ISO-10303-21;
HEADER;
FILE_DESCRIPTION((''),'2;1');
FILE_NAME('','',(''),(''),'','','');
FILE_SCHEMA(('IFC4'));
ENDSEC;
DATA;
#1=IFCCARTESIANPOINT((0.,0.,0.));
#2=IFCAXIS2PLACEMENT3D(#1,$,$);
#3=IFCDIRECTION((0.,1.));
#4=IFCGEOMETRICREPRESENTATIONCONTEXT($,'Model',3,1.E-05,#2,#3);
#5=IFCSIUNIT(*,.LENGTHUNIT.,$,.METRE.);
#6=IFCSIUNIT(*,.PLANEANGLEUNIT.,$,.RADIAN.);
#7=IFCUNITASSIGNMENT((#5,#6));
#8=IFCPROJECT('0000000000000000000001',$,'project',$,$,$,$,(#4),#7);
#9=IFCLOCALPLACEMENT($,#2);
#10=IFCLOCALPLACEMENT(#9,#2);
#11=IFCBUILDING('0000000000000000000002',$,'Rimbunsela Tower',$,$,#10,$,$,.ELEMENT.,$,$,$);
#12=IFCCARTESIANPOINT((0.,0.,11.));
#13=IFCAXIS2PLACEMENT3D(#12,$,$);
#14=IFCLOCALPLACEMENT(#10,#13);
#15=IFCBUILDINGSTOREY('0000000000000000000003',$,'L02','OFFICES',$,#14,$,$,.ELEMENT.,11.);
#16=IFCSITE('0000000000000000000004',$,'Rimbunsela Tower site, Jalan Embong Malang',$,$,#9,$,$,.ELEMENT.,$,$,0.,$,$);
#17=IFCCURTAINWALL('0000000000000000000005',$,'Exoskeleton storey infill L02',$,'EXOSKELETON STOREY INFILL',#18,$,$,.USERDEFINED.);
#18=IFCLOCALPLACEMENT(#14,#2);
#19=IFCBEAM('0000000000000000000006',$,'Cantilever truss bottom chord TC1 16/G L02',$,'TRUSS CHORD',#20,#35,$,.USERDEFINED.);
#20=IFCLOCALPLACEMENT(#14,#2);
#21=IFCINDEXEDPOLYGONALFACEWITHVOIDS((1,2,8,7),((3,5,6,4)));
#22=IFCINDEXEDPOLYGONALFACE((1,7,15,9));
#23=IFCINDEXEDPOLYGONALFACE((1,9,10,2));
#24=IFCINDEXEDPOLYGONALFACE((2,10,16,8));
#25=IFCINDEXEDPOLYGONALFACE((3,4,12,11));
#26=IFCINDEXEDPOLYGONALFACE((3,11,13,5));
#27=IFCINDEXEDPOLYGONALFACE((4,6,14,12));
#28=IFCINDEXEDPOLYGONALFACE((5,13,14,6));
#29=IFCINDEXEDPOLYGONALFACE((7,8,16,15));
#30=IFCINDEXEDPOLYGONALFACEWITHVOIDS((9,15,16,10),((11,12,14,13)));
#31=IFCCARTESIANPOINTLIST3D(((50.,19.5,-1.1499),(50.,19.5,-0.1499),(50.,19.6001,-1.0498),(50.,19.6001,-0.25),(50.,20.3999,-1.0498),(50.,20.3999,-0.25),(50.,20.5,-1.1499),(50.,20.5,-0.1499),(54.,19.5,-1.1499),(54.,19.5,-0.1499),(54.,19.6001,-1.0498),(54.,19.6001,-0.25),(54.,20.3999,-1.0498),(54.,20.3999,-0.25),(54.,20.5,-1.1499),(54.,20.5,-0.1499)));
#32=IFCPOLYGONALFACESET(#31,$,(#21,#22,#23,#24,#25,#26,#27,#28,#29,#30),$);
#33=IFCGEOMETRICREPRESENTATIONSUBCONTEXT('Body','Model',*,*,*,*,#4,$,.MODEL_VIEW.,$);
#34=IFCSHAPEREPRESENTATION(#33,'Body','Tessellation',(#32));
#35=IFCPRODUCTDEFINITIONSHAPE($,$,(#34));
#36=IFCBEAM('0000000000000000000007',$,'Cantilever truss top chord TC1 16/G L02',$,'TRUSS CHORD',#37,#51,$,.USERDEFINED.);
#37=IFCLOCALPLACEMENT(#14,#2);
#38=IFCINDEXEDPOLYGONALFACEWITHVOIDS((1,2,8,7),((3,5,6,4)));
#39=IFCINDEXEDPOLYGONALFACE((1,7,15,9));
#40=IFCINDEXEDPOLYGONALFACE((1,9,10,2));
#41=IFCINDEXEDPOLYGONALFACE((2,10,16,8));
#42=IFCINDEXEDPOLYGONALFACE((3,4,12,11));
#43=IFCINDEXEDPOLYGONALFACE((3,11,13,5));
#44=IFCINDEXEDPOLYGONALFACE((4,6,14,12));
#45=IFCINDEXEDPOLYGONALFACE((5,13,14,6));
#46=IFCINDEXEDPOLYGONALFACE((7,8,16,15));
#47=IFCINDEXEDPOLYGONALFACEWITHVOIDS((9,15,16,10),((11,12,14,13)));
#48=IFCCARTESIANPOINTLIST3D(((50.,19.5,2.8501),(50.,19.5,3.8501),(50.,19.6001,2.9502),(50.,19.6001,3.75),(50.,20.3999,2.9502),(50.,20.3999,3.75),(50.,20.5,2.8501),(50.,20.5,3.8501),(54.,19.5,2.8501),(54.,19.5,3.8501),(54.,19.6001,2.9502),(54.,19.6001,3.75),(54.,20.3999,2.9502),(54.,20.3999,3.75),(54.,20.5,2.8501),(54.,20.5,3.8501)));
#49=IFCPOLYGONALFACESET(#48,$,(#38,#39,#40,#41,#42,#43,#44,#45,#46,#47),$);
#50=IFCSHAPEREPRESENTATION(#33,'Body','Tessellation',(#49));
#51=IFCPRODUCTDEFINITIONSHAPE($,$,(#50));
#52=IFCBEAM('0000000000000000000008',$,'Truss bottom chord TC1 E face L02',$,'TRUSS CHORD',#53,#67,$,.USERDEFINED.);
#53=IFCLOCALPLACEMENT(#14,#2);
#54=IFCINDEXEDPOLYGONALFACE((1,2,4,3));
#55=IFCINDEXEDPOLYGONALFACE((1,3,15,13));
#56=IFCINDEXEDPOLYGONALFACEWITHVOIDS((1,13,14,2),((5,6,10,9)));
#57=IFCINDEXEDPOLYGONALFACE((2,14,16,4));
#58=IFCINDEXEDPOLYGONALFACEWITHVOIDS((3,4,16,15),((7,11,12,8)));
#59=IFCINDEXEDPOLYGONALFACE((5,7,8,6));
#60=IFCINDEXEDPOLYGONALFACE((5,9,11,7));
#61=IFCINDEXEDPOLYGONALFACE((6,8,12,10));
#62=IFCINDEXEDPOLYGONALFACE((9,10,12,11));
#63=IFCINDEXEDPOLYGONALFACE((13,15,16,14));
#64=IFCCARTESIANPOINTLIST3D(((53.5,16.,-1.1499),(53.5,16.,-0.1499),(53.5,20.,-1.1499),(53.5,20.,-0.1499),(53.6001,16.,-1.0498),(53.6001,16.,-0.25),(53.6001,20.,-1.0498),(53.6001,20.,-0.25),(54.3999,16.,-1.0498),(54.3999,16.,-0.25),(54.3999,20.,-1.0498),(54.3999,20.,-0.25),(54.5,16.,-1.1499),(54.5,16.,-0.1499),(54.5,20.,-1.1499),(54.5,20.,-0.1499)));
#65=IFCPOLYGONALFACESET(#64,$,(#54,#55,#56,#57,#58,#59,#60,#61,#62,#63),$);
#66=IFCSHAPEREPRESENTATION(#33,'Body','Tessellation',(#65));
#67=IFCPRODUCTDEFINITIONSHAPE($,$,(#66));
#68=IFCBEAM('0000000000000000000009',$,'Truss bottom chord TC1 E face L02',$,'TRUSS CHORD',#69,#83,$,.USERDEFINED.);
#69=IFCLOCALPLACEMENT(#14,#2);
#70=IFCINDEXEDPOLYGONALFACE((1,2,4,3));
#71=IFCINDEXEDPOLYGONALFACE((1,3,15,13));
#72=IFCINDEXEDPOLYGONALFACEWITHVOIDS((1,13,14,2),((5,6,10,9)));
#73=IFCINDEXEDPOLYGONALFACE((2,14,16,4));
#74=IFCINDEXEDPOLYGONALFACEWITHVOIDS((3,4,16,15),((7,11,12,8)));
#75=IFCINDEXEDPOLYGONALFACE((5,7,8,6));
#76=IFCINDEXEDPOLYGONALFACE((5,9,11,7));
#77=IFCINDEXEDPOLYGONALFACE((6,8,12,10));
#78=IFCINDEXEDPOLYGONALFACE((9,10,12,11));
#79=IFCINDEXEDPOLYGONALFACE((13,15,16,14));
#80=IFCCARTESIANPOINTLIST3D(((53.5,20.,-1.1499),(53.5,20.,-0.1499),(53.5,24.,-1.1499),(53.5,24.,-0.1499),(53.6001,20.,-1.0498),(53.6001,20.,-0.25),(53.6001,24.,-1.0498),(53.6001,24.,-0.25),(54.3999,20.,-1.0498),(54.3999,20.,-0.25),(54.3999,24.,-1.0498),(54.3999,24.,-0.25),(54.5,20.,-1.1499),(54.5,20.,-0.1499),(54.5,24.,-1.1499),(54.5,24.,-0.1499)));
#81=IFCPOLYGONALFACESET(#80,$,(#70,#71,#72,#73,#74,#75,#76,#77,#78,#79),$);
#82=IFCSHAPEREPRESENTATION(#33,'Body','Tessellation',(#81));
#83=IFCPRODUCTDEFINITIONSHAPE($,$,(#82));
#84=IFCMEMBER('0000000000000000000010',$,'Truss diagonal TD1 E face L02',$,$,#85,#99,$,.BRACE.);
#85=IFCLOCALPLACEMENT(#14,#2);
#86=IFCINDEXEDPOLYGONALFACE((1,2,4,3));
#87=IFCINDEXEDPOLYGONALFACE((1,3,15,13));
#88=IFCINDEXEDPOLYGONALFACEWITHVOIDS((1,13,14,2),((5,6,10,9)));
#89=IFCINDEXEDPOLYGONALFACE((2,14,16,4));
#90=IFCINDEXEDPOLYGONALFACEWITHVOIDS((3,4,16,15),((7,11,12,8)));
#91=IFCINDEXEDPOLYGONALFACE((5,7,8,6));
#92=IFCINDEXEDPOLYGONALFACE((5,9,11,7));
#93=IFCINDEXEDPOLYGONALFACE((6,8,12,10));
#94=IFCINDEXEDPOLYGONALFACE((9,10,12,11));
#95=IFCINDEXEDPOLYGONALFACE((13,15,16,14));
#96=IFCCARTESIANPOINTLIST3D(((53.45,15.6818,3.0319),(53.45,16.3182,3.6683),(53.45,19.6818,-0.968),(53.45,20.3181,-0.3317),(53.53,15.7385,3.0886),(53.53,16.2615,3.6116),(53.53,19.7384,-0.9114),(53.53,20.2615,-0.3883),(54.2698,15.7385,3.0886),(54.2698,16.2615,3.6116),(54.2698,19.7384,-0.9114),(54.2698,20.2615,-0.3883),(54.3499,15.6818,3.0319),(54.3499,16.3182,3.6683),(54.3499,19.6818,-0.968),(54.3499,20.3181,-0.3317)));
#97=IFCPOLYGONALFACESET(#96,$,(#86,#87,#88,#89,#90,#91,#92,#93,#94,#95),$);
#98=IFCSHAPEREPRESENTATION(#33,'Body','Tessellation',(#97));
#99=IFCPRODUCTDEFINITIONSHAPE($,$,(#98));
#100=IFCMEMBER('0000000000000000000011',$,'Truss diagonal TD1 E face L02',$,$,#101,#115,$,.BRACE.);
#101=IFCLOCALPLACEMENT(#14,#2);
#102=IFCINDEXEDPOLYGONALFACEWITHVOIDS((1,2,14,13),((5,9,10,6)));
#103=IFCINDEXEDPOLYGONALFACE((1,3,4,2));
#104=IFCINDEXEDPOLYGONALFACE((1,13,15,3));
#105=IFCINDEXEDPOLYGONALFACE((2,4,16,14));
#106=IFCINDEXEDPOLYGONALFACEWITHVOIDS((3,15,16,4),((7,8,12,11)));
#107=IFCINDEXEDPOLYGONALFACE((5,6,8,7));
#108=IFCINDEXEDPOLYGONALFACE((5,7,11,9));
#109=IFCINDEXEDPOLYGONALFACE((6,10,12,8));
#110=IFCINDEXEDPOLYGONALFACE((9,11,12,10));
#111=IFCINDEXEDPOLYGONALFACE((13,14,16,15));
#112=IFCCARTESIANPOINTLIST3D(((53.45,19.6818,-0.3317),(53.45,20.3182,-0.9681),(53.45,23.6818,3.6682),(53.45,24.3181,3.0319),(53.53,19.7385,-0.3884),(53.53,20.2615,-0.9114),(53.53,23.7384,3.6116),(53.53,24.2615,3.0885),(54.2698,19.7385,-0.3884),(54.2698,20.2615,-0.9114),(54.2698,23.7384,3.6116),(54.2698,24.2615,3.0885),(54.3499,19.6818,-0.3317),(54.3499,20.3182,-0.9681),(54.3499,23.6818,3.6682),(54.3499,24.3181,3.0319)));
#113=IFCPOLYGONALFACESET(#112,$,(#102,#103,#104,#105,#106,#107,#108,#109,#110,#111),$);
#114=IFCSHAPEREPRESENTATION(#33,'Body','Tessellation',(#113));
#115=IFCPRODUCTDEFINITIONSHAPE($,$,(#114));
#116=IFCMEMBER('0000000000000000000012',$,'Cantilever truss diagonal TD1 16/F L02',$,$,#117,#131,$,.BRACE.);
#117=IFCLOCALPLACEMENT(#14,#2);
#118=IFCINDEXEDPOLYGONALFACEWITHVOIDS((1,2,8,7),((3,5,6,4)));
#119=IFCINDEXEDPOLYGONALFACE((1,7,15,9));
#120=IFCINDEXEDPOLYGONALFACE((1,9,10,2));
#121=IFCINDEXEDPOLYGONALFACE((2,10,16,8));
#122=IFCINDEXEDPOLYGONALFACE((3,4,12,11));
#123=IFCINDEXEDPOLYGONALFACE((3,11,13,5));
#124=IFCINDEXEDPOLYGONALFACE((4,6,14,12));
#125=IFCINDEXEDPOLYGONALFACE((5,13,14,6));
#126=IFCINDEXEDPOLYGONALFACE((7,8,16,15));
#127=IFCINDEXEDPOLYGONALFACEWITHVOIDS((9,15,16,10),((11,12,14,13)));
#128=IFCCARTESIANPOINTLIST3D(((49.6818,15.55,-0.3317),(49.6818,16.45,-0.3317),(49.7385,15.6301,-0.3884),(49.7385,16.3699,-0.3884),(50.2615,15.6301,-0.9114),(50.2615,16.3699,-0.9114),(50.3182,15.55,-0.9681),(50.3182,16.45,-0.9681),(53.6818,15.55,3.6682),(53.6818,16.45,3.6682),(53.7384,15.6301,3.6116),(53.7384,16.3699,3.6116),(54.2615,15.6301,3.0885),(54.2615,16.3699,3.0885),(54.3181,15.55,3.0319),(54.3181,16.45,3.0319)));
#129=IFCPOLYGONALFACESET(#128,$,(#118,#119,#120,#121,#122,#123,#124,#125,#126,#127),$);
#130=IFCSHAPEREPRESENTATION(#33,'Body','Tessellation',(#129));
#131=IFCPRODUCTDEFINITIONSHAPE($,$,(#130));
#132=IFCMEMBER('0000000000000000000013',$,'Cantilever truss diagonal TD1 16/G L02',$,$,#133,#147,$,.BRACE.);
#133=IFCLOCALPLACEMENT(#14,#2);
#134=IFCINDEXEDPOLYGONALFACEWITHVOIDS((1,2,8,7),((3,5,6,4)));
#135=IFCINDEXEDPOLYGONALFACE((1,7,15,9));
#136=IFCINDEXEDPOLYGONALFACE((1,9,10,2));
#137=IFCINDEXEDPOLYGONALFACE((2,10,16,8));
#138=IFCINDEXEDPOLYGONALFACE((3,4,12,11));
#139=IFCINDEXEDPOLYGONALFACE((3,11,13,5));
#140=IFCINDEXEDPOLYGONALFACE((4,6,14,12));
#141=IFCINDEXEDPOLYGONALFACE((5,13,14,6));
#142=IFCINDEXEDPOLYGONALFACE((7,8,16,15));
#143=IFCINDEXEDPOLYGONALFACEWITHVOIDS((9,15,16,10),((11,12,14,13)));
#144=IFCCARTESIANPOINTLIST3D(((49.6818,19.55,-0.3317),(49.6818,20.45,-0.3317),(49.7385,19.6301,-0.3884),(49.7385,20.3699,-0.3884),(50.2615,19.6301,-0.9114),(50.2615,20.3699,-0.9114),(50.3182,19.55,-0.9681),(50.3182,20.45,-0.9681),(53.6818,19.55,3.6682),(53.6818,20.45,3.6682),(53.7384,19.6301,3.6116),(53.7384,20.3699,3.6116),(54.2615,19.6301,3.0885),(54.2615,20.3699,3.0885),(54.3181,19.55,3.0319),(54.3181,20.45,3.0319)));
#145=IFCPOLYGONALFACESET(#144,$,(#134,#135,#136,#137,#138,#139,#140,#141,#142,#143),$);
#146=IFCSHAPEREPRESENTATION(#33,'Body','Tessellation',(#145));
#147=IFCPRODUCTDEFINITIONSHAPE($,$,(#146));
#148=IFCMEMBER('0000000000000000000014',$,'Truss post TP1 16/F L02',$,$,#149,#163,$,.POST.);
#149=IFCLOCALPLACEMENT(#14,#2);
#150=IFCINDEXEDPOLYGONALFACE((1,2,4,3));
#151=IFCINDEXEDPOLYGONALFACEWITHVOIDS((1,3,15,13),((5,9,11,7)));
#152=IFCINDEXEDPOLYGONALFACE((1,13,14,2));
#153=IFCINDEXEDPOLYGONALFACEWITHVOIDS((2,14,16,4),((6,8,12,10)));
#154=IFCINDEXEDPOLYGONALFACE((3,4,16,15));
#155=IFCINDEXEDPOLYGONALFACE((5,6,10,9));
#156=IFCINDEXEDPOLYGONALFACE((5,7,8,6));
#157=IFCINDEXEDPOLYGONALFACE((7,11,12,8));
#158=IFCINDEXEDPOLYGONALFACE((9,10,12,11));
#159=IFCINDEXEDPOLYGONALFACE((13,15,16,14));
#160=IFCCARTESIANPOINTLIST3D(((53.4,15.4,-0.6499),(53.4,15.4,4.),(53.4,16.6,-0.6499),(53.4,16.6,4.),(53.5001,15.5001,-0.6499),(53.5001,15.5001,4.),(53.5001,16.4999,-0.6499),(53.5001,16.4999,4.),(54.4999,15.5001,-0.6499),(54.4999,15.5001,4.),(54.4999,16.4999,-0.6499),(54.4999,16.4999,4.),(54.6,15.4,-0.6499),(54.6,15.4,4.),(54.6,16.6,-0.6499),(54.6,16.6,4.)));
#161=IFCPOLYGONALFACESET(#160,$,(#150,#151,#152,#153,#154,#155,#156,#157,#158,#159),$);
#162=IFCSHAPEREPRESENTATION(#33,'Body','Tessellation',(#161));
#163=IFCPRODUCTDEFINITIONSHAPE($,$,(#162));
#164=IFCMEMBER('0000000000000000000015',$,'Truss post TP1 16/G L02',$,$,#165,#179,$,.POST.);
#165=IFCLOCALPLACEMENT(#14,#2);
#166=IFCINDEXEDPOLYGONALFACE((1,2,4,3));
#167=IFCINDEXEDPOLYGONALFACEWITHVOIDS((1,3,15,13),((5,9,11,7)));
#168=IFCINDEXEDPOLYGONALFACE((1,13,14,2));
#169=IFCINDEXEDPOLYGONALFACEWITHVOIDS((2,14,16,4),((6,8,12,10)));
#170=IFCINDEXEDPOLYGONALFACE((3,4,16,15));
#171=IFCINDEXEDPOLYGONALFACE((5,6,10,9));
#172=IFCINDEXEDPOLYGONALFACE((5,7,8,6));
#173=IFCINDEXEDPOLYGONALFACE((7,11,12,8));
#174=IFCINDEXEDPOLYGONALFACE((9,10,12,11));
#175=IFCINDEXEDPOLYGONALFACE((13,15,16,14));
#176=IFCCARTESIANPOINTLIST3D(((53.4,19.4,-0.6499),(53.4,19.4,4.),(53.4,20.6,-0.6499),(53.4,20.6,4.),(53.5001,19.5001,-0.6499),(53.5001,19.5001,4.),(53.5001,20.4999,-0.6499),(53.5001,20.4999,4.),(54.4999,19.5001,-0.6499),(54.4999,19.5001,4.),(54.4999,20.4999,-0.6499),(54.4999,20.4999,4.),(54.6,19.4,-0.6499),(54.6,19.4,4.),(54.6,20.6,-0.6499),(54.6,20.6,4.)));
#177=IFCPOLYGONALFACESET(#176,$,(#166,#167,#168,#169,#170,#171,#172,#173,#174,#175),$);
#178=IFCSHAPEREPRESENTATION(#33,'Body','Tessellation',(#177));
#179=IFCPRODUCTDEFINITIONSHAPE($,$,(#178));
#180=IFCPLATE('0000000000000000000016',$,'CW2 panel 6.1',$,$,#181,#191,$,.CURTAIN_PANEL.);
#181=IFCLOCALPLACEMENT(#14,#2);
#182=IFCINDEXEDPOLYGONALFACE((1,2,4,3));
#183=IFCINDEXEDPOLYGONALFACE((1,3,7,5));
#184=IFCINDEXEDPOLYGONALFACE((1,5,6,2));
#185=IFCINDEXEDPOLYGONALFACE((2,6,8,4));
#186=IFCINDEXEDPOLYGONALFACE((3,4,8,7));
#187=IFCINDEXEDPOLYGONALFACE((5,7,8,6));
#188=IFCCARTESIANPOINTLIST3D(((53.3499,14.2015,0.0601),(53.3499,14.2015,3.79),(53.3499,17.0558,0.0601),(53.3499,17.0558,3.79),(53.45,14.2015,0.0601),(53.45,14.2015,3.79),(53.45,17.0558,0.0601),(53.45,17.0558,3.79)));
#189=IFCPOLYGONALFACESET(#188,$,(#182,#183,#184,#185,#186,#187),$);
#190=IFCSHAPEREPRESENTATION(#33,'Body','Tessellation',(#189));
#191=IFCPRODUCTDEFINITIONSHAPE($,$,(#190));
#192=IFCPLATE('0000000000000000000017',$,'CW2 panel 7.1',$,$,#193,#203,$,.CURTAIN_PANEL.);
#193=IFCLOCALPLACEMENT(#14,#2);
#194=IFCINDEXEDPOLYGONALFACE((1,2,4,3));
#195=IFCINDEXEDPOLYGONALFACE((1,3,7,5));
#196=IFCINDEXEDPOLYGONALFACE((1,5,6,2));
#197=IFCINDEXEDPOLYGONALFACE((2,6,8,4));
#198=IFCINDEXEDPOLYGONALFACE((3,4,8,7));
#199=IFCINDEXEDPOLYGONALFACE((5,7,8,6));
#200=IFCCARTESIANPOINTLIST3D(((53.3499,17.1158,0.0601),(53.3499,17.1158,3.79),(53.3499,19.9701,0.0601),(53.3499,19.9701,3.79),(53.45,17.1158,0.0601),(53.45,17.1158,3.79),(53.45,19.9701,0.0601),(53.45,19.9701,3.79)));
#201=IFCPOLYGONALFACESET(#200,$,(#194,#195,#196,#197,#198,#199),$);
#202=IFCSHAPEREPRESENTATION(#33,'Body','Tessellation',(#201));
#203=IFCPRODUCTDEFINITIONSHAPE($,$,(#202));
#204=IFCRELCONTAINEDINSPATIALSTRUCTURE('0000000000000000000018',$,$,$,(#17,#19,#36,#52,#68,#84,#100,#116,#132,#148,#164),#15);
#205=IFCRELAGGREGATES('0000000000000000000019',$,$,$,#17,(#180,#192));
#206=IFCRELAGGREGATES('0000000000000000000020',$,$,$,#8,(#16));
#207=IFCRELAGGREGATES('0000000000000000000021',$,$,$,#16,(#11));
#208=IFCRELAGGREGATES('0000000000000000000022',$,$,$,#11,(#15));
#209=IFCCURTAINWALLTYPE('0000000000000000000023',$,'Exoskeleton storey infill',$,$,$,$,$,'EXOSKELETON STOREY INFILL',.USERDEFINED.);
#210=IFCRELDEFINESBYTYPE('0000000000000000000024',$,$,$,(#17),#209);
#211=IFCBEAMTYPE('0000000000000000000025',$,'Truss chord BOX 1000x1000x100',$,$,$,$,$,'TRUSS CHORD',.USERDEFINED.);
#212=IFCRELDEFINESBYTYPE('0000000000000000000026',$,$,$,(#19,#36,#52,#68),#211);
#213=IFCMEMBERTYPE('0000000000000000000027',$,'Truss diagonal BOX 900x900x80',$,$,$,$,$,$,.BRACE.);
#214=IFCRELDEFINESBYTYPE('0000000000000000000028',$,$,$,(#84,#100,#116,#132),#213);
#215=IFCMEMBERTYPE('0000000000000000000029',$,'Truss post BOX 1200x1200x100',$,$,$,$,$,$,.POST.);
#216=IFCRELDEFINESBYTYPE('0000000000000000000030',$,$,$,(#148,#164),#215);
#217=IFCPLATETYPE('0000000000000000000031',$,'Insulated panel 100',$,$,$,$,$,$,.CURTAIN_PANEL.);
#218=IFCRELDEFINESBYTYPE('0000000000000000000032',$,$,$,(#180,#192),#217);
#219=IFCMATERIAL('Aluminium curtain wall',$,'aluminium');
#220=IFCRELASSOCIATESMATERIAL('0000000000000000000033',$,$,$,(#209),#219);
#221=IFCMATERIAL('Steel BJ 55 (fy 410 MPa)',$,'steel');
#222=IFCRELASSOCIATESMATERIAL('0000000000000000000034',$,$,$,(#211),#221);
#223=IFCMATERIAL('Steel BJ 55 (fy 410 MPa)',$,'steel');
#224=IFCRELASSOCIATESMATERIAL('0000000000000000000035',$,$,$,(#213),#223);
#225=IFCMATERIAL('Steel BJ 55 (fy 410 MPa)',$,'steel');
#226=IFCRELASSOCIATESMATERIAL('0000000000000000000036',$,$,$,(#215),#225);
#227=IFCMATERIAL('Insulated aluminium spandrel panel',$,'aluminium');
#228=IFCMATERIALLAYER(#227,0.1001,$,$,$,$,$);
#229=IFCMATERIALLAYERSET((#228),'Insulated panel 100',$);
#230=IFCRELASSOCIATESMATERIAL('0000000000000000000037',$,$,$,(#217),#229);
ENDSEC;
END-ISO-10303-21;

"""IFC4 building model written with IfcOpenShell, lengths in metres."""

from ifc_helpers import new_model, si_unit, direction, frame, origin, origin_2d, place, context, subcontext, project, spatial, rectangle, hollow_rectangle, extrude, material, layer, layer_set, material_profile, profile_set, type_object, element, aggregate, save


model = new_model("IFC4")

# Units and contexts
model_context = context("Model", 3, precision=1e-05, world=origin(), true_north=direction((0.0, 1.0)))
body_context = subcontext(model_context, "Body", "Model", "MODEL_VIEW")
ifc_project = project(units=[si_unit("LENGTHUNIT", "METRE"), si_unit("PLANEANGLEUNIT", "RADIAN")], contexts=[model_context])

# Site, building, storey
site_placement = place(None, origin())
site = spatial("IfcSite", under=ifc_project, at=site_placement, Name="Rimbunsela Tower site, Jalan Embong Malang", CompositionType="ELEMENT", RefElevation=0.0)
building_placement = place(site_placement, origin())
building = spatial("IfcBuilding", under=site, at=building_placement, Name="Rimbunsela Tower", CompositionType="ELEMENT")
storey_placement = place(building_placement, frame((0.0, 0.0, 11.0)))
storey = spatial("IfcBuildingStorey", under=building, at=storey_placement, Name="L02", Description="OFFICES", CompositionType="ELEMENT", Elevation=11.0)

# Curtain wall
ifc_material_1 = material(Name="Aluminium curtain wall", Category="aluminium")
curtain_wall_type = type_object("IfcCurtainWallType", Name="Exoskeleton storey infill", ElementType="EXOSKELETON STOREY INFILL", PredefinedType="USERDEFINED", material=ifc_material_1)
curtain_wall_placement = place(storey_placement, origin())
curtain_wall = element("IfcCurtainWall", 1, at=curtain_wall_placement, inside=storey, type_object=curtain_wall_type, Name="Exoskeleton storey infill L02", ObjectType="EXOSKELETON STOREY INFILL", PredefinedType="USERDEFINED")

# Beams
ifc_material_2 = material(Name="Steel BJ 55 (fy 410 MPa)", Category="steel")
ifc_material_profile_1 = material_profile(ifc_material_2, hollow_rectangle(XDim=1.0, YDim=1.0, WallThickness=0.1001, at=origin_2d()), Name="BOX 1000x1000x100")
ifc_profile_set_1 = profile_set([ifc_material_profile_1], Name="Steel BJ 55 (fy 410 MPa)")
beam_type_1 = type_object("IfcBeamType", Name="Truss chord BOX 1000x1000x100", ElementType="TRUSS CHORD", PredefinedType="USERDEFINED", material=ifc_profile_set_1)
for number, where, z_axis, x_axis, name in (
    (2, (50.0, 20.0, -0.6499), (1.0, 0.0, 0.0), (0.0, 1.0, 0.0), "Cantilever truss bottom chord TC1 16/G L02"),
    (3, (50.0, 20.0, 3.3501), (1.0, 0.0, 0.0), (0.0, 1.0, 0.0), "Cantilever truss top chord TC1 16/G L02"),
    (4, (54.0, 16.0, -0.6499), (0.0, 1.0, 0.0), (-1.0, 0.0, 0.0), "Truss bottom chord TC1 E face L02"),
    (5, (54.0, 20.0, -0.6499), (0.0, 1.0, 0.0), (-1.0, 0.0, 0.0), "Truss bottom chord TC1 E face L02"),
):
    element("IfcBeam", number, at=place(storey_placement, frame(where, z_axis=z_axis, x_axis=x_axis)), inside=storey, type_object=beam_type_1, Name=name, ObjectType="TRUSS CHORD", PredefinedType="USERDEFINED", context=body_context, shape_type="SweptSolid", body=[
        extrude(hollow_rectangle(XDim=1.0, YDim=1.0, WallThickness=0.1001, at=origin_2d()), origin(), (0.0, 0.0, 1.0), 4.0),
    ])

# Members
ifc_material_3 = material(Name="Steel BJ 55 (fy 410 MPa)", Category="steel")
ifc_material_profile_2 = material_profile(ifc_material_3, hollow_rectangle(XDim=0.8999, YDim=0.8999, WallThickness=0.0801, at=origin_2d()), Name="BOX 900x900x80")
ifc_profile_set_2 = profile_set([ifc_material_profile_2], Name="Steel BJ 55 (fy 410 MPa)")
member_type_1 = type_object("IfcMemberType", Name="Truss diagonal BOX 900x900x80", PredefinedType="BRACE", material=ifc_profile_set_2)
for number, where, z_axis, x_axis, name in (
    (6, (53.8999, 16.0, 3.3501), (0.0, 0.707107, -0.707107), (-1.0, 0.0, 0.0), "Truss diagonal TD1 E face L02"),
    (7, (53.8999, 20.0, -0.6499), (0.0, 0.707107, 0.707107), (-1.0, 0.0, 0.0), "Truss diagonal TD1 E face L02"),
    (8, (50.0, 16.0, -0.6499), (0.707107, 0.0, 0.707107), (0.0, 1.0, 0.0), "Cantilever truss diagonal TD1 16/F L02"),
    (9, (50.0, 20.0, -0.6499), (0.707107, 0.0, 0.707107), (0.0, 1.0, 0.0), "Cantilever truss diagonal TD1 16/G L02"),
):
    element("IfcMember", number, at=place(storey_placement, frame(where, z_axis=z_axis, x_axis=x_axis)), inside=storey, type_object=member_type_1, Name=name, PredefinedType="BRACE", context=body_context, shape_type="SweptSolid", body=[
        extrude(hollow_rectangle(XDim=0.8999, YDim=0.8999, WallThickness=0.0801, at=origin_2d()), origin(), (0.0, 0.0, 1.0), 5.6567),
    ])
ifc_material_4 = material(Name="Steel BJ 55 (fy 410 MPa)", Category="steel")
ifc_material_profile_3 = material_profile(ifc_material_4, hollow_rectangle(XDim=1.2, YDim=1.2, WallThickness=0.1001, at=origin_2d()), Name="BOX 1200x1200x100")
ifc_profile_set_3 = profile_set([ifc_material_profile_3], Name="Steel BJ 55 (fy 410 MPa)")
member_type_2 = type_object("IfcMemberType", Name="Truss post BOX 1200x1200x100", PredefinedType="POST", material=ifc_profile_set_3)
for number, where, z_axis, x_axis, name in (
    (10, (54.0, 16.0, -0.6499), (0.0, 0.0, 1.0), (1.0, 0.0, 0.0), "Truss post TP1 16/F L02"),
    (11, (54.0, 20.0, -0.6499), (0.0, 0.0, 1.0), (1.0, 0.0, 0.0), "Truss post TP1 16/G L02"),
):
    element("IfcMember", number, at=place(storey_placement, frame(where, z_axis=z_axis, x_axis=x_axis)), inside=storey, type_object=member_type_2, Name=name, PredefinedType="POST", context=body_context, shape_type="SweptSolid", body=[
        extrude(hollow_rectangle(XDim=1.2, YDim=1.2, WallThickness=0.1001, at=origin_2d()), origin(), (0.0, 0.0, 1.0), 4.6499),
    ])

# Plates
ifc_material_5 = material(Name="Insulated aluminium spandrel panel", Category="aluminium")
ifc_layer = layer(ifc_material_5, 0.1001)
ifc_layer_set = layer_set([ifc_layer], Name="Insulated panel 100")
plate_type = type_object("IfcPlateType", Name="Insulated panel 100", PredefinedType="CURTAIN_PANEL", material=ifc_layer_set)
plate_1_placement = place(storey_placement, frame((53.3999, 15.6287, 0.0601), z_axis=(0.0, 0.0, 1.0), x_axis=(0.0, 1.0, 0.0)))
plate_1 = element("IfcPlate", 12, at=plate_1_placement, type_object=plate_type, Name="CW2 panel 6.1", PredefinedType="CURTAIN_PANEL", context=body_context, shape_type="SweptSolid", body=[
    extrude(rectangle(XDim=2.8542, YDim=0.1001, at=origin_2d()), origin(), (0.0, 0.0, 1.0), 3.73),
])
plate_2_placement = place(storey_placement, frame((53.3999, 18.543, 0.0601), z_axis=(0.0, 0.0, 1.0), x_axis=(0.0, 1.0, 0.0)))
plate_2 = element("IfcPlate", 13, at=plate_2_placement, type_object=plate_type, Name="CW2 panel 7.1", PredefinedType="CURTAIN_PANEL", context=body_context, shape_type="SweptSolid", body=[
    extrude(rectangle(XDim=2.8542, YDim=0.1001, at=origin_2d()), origin(), (0.0, 0.0, 1.0), 3.73),
])
aggregate(curtain_wall, [plate_1, plate_2])

save(model, "model.ifc")
